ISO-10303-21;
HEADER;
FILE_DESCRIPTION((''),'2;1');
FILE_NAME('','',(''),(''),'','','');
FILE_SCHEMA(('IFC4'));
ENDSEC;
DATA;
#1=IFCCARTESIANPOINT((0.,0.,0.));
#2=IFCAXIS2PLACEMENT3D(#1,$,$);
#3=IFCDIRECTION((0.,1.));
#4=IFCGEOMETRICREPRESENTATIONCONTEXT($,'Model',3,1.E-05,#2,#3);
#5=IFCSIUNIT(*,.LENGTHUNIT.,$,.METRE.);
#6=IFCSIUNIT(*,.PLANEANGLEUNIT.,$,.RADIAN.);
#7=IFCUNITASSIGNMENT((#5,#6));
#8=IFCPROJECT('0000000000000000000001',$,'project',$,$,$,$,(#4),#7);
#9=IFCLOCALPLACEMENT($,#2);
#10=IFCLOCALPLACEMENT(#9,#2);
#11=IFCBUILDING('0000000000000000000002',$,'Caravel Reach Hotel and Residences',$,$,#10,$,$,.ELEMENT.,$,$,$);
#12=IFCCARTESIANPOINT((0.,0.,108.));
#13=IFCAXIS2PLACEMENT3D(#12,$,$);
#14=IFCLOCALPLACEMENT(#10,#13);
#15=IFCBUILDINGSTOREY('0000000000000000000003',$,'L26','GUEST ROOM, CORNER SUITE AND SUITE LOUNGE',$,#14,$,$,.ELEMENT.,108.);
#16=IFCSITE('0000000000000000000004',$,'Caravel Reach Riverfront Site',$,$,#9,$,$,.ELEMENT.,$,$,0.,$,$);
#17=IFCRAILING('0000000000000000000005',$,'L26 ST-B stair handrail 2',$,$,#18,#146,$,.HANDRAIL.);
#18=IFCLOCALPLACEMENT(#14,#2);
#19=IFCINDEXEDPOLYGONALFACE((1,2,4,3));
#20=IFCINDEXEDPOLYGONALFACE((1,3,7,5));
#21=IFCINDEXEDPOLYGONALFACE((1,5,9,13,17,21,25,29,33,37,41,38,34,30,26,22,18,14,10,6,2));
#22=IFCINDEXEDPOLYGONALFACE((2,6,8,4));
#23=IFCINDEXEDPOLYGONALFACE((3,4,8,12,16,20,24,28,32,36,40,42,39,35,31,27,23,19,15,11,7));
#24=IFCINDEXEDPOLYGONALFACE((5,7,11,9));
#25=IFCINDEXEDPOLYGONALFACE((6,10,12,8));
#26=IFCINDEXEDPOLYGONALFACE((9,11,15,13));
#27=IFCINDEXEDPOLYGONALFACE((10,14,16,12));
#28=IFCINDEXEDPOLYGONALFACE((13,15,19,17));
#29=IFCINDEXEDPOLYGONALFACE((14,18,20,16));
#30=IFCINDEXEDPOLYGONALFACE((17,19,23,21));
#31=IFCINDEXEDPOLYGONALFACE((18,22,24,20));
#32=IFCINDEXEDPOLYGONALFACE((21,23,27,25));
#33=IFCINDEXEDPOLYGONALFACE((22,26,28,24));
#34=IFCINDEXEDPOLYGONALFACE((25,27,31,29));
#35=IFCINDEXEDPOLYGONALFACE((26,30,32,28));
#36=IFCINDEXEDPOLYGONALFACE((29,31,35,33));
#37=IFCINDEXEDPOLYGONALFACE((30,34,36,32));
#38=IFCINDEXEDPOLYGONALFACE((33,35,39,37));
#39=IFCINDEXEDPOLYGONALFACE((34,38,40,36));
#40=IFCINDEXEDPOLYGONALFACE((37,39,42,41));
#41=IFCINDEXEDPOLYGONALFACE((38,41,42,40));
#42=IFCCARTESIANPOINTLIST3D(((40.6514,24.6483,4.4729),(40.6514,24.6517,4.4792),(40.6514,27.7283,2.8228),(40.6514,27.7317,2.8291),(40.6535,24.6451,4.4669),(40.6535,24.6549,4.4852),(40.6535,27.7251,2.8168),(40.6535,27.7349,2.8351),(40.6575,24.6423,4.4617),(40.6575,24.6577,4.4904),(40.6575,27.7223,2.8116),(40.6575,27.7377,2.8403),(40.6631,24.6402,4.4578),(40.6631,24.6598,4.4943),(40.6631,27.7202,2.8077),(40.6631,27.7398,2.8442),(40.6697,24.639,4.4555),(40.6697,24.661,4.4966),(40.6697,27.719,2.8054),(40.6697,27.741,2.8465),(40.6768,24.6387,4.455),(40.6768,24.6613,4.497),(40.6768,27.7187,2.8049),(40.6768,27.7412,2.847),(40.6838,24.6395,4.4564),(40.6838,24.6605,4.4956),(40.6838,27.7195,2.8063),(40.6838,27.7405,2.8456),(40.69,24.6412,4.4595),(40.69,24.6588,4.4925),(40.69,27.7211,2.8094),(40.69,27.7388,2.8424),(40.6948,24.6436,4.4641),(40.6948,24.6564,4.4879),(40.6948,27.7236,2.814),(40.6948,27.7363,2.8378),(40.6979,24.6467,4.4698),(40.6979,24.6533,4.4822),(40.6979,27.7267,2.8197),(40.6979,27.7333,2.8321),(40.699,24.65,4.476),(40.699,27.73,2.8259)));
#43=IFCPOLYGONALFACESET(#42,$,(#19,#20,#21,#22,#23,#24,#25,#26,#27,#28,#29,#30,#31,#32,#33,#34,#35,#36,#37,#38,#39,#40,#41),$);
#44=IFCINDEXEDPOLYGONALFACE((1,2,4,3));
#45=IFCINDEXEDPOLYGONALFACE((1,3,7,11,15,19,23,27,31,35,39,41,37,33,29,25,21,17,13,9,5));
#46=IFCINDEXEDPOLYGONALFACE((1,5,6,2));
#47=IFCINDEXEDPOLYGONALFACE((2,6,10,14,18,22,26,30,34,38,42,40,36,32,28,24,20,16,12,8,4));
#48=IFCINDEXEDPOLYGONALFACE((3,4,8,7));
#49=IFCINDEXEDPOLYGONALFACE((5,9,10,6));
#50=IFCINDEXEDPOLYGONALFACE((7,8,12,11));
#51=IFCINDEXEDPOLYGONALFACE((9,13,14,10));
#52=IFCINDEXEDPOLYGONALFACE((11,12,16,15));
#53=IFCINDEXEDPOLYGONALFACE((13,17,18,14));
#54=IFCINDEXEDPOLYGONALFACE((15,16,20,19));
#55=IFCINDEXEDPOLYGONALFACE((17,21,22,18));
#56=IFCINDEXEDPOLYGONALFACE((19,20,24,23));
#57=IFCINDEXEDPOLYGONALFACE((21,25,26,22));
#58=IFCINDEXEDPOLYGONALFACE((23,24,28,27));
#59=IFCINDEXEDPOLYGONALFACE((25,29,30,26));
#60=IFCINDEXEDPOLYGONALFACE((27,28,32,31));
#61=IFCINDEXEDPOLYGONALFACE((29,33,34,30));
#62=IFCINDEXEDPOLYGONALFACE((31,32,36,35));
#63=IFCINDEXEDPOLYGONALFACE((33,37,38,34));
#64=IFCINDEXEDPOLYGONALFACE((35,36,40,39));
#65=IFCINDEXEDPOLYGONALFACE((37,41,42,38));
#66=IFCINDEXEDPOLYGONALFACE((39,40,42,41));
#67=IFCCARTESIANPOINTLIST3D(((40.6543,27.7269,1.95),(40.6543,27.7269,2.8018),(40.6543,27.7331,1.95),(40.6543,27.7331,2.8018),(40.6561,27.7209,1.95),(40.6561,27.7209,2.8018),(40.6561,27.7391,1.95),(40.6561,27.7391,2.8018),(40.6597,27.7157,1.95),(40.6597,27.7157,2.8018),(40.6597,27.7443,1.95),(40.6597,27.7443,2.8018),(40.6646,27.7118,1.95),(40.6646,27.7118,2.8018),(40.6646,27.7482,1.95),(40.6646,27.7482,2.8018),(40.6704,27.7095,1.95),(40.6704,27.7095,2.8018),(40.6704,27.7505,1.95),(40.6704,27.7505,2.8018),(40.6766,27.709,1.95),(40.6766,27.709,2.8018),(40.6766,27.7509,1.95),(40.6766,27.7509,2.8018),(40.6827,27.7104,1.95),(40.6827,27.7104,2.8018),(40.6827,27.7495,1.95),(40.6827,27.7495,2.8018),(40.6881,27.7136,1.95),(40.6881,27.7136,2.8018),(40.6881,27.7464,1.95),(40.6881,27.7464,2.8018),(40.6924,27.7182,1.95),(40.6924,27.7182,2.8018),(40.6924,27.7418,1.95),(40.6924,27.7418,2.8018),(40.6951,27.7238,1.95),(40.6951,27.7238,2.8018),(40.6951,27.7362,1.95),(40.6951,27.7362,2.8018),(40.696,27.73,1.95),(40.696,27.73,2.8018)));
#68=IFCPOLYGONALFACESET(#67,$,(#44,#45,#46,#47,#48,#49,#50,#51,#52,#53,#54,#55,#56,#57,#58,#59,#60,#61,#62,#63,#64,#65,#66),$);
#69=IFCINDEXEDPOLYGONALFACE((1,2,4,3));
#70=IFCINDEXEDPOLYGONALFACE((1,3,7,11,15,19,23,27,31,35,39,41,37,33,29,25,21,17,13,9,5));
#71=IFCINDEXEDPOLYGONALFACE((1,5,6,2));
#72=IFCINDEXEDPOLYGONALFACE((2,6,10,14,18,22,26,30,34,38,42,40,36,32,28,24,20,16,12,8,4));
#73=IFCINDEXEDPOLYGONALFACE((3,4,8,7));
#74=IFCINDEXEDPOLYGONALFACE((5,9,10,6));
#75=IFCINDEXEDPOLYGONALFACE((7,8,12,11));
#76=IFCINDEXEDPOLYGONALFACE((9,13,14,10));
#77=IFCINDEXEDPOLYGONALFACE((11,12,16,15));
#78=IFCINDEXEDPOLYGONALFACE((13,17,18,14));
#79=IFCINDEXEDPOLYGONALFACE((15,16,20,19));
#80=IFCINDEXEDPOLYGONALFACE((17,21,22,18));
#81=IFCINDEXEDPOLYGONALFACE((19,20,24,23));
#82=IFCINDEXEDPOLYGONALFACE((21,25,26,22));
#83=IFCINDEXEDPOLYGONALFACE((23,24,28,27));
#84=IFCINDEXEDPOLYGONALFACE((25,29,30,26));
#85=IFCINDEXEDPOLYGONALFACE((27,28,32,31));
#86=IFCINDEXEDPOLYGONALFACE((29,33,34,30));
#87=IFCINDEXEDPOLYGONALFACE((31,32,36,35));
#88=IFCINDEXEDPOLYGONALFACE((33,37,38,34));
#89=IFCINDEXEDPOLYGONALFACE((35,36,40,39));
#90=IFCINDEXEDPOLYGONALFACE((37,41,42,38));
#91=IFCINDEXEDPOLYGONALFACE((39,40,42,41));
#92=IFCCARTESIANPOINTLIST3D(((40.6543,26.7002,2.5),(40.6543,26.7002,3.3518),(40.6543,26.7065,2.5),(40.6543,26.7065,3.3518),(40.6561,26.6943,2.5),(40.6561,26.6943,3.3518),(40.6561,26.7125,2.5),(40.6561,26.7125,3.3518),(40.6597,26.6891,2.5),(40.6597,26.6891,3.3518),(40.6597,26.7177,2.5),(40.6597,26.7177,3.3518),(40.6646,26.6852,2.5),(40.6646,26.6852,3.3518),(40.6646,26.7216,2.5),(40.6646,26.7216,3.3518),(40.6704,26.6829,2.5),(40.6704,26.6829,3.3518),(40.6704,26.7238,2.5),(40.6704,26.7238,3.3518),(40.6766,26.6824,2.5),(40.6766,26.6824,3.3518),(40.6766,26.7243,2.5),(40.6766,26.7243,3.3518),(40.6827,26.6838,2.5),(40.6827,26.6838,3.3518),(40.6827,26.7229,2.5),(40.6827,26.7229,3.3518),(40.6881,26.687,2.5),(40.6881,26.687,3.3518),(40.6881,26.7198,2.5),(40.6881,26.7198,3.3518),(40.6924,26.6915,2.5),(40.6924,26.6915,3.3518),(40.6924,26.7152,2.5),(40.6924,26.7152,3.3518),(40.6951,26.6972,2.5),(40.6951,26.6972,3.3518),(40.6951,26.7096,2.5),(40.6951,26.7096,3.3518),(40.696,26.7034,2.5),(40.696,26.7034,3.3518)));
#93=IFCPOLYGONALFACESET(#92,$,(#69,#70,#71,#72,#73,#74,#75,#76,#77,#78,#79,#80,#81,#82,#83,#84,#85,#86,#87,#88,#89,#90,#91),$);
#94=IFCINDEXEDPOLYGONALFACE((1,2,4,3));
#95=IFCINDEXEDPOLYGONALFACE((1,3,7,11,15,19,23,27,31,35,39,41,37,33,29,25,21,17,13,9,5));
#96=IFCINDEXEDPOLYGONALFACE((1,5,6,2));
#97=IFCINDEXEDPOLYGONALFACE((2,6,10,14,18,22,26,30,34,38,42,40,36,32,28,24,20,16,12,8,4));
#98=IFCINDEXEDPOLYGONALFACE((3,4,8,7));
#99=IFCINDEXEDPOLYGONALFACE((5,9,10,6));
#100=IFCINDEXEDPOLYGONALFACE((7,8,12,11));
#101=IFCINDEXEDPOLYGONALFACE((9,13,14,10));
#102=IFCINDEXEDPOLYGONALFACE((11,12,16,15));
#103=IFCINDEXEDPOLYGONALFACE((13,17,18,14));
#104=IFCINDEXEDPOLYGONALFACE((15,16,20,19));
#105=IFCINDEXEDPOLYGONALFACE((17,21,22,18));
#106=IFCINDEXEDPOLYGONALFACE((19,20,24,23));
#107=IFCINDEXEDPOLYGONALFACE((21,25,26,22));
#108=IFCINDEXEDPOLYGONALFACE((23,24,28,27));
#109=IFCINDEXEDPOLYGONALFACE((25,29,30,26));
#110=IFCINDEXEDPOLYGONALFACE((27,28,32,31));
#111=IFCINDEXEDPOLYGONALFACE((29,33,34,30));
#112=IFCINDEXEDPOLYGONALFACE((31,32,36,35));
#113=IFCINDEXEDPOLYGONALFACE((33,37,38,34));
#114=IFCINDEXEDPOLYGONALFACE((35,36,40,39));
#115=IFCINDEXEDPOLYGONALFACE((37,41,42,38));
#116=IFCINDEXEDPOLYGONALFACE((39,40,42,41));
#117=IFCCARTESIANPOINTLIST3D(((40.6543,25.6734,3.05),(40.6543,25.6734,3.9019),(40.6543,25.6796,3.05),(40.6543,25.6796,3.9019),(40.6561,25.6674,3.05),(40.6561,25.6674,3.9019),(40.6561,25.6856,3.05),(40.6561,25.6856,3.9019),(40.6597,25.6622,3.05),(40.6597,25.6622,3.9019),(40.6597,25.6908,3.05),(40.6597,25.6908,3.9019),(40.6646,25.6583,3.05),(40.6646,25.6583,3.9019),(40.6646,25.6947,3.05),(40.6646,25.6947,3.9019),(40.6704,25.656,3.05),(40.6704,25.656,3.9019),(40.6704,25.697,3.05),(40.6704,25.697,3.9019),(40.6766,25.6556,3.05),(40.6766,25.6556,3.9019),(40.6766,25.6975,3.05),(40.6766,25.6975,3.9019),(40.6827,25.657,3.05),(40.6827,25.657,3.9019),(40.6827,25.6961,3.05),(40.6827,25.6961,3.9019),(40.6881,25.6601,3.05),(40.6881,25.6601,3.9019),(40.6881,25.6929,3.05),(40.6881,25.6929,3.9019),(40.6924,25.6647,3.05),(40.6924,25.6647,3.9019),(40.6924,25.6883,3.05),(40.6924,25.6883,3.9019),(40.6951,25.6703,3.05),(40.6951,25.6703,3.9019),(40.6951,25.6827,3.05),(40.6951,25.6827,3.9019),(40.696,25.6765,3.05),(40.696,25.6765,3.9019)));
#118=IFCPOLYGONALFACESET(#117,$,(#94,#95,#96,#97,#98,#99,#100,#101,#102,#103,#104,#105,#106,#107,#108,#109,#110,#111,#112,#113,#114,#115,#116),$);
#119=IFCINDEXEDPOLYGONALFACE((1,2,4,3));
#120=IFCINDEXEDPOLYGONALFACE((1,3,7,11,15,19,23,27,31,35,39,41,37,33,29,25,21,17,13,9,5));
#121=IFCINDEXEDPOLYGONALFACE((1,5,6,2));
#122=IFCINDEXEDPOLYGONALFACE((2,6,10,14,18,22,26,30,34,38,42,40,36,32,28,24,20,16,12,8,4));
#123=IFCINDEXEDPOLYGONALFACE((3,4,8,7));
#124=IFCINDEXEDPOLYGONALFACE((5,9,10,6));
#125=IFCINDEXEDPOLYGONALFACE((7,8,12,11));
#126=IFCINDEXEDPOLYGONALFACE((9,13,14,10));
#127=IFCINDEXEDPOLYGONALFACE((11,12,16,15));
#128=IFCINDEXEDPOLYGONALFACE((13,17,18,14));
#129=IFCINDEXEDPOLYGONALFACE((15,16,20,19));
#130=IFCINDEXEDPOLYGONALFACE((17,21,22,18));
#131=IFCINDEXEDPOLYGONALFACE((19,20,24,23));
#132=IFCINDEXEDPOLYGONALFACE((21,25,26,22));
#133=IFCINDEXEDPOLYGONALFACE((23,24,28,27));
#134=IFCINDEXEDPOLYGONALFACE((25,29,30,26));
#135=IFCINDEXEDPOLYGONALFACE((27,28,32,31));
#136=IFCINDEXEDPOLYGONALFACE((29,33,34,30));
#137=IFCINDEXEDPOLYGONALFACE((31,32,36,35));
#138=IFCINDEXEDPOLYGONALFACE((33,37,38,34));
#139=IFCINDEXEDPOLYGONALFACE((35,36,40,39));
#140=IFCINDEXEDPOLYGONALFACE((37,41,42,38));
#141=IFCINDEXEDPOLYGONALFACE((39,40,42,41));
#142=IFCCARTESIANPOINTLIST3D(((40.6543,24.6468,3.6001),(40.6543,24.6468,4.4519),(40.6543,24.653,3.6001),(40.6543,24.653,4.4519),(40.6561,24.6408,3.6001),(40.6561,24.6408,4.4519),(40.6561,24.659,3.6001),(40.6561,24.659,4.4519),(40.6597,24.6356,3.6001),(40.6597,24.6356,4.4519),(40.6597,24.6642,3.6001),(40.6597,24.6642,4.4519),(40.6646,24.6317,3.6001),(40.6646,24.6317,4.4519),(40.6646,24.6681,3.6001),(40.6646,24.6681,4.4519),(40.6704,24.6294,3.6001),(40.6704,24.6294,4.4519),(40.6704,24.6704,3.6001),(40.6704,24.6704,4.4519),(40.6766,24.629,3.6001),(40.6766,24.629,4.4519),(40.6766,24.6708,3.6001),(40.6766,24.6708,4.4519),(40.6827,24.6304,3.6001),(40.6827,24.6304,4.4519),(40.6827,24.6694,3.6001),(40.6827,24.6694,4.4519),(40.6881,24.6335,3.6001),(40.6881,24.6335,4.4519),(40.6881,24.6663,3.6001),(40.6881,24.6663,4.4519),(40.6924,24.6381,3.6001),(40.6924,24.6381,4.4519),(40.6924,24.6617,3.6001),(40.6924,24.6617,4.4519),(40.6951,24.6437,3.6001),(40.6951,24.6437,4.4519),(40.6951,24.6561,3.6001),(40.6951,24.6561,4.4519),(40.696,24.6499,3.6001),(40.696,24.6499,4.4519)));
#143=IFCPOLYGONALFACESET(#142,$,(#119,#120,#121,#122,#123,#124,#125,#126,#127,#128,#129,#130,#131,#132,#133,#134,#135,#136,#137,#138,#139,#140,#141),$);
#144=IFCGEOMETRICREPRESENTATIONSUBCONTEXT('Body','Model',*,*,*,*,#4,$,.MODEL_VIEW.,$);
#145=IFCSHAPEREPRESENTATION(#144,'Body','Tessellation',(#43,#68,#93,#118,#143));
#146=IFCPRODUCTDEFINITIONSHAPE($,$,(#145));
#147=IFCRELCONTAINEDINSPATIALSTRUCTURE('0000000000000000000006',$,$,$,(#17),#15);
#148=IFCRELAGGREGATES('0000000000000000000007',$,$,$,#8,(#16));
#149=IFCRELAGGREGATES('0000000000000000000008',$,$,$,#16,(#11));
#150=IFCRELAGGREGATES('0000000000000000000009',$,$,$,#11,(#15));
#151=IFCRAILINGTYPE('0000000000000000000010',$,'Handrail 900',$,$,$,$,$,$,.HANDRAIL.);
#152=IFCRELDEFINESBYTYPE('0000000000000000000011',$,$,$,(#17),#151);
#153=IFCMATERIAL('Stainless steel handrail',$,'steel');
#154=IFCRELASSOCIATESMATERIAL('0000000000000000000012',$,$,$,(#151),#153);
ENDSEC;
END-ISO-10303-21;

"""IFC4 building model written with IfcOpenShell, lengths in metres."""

from ifc_helpers import new_model, si_unit, direction, frame, origin, origin_2d, place, context, subcontext, project, spatial, circle, extrude, material, type_object, element, save


model = new_model("IFC4")

# Units and contexts
model_context = context("Model", 3, precision=1e-05, world=origin(), true_north=direction((0.0, 1.0)))
body_context = subcontext(model_context, "Body", "Model", "MODEL_VIEW")
ifc_project = project(units=[si_unit("LENGTHUNIT", "METRE"), si_unit("PLANEANGLEUNIT", "RADIAN")], contexts=[model_context])

# Site, building, storey
site_placement = place(None, origin())
site = spatial("IfcSite", under=ifc_project, at=site_placement, Name="Caravel Reach Riverfront Site", CompositionType="ELEMENT", RefElevation=0.0)
building_placement = place(site_placement, origin())
building = spatial("IfcBuilding", under=site, at=building_placement, Name="Caravel Reach Hotel and Residences", CompositionType="ELEMENT")
storey_placement = place(building_placement, frame((0.0, 0.0, 108.0)))
storey = spatial("IfcBuildingStorey", under=building, at=storey_placement, Name="L26", Description="GUEST ROOM, CORNER SUITE AND SUITE LOUNGE", CompositionType="ELEMENT", Elevation=108.0)

# Railing
ifc_material_1 = material(Name="Stainless steel handrail", Category="steel")
railing_type_1 = type_object("IfcRailingType", Name="Handrail 900", PredefinedType="HANDRAIL", material=ifc_material_1)
railing_1_placement = place(storey_placement, frame((40.675, 27.73, 1.95)))
element("IfcRailing", 1, at=railing_1_placement, inside=storey, type_object=railing_type_1, Name="L26 ST-B stair handrail 2", PredefinedType="HANDRAIL", context=body_context, shape_type="SweptSolid", body=[
    extrude(circle(Radius=0.0239, at=origin_2d()), frame((0.0, 0.0, 0.876), z_axis=(0.0, -0.881468, 0.472245), x_axis=(1.0, 0.0, 0.0)), (0.0, 0.0, 1.0), 3.4941),
    extrude(circle(Radius=0.021, at=origin_2d()), origin(), (0.0, 0.0, 1.0), 0.8518),
    extrude(circle(Radius=0.021, at=origin_2d()), frame((0.0, -1.0266, 0.55)), (0.0, 0.0, 1.0), 0.8518),
    extrude(circle(Radius=0.021, at=origin_2d()), frame((0.0, -2.0535, 1.1001)), (0.0, 0.0, 1.0), 0.8518),
    extrude(circle(Radius=0.021, at=origin_2d()), frame((0.0, -3.0801, 1.6501)), (0.0, 0.0, 1.0), 0.8518),
])

save(model, "model.ifc")
